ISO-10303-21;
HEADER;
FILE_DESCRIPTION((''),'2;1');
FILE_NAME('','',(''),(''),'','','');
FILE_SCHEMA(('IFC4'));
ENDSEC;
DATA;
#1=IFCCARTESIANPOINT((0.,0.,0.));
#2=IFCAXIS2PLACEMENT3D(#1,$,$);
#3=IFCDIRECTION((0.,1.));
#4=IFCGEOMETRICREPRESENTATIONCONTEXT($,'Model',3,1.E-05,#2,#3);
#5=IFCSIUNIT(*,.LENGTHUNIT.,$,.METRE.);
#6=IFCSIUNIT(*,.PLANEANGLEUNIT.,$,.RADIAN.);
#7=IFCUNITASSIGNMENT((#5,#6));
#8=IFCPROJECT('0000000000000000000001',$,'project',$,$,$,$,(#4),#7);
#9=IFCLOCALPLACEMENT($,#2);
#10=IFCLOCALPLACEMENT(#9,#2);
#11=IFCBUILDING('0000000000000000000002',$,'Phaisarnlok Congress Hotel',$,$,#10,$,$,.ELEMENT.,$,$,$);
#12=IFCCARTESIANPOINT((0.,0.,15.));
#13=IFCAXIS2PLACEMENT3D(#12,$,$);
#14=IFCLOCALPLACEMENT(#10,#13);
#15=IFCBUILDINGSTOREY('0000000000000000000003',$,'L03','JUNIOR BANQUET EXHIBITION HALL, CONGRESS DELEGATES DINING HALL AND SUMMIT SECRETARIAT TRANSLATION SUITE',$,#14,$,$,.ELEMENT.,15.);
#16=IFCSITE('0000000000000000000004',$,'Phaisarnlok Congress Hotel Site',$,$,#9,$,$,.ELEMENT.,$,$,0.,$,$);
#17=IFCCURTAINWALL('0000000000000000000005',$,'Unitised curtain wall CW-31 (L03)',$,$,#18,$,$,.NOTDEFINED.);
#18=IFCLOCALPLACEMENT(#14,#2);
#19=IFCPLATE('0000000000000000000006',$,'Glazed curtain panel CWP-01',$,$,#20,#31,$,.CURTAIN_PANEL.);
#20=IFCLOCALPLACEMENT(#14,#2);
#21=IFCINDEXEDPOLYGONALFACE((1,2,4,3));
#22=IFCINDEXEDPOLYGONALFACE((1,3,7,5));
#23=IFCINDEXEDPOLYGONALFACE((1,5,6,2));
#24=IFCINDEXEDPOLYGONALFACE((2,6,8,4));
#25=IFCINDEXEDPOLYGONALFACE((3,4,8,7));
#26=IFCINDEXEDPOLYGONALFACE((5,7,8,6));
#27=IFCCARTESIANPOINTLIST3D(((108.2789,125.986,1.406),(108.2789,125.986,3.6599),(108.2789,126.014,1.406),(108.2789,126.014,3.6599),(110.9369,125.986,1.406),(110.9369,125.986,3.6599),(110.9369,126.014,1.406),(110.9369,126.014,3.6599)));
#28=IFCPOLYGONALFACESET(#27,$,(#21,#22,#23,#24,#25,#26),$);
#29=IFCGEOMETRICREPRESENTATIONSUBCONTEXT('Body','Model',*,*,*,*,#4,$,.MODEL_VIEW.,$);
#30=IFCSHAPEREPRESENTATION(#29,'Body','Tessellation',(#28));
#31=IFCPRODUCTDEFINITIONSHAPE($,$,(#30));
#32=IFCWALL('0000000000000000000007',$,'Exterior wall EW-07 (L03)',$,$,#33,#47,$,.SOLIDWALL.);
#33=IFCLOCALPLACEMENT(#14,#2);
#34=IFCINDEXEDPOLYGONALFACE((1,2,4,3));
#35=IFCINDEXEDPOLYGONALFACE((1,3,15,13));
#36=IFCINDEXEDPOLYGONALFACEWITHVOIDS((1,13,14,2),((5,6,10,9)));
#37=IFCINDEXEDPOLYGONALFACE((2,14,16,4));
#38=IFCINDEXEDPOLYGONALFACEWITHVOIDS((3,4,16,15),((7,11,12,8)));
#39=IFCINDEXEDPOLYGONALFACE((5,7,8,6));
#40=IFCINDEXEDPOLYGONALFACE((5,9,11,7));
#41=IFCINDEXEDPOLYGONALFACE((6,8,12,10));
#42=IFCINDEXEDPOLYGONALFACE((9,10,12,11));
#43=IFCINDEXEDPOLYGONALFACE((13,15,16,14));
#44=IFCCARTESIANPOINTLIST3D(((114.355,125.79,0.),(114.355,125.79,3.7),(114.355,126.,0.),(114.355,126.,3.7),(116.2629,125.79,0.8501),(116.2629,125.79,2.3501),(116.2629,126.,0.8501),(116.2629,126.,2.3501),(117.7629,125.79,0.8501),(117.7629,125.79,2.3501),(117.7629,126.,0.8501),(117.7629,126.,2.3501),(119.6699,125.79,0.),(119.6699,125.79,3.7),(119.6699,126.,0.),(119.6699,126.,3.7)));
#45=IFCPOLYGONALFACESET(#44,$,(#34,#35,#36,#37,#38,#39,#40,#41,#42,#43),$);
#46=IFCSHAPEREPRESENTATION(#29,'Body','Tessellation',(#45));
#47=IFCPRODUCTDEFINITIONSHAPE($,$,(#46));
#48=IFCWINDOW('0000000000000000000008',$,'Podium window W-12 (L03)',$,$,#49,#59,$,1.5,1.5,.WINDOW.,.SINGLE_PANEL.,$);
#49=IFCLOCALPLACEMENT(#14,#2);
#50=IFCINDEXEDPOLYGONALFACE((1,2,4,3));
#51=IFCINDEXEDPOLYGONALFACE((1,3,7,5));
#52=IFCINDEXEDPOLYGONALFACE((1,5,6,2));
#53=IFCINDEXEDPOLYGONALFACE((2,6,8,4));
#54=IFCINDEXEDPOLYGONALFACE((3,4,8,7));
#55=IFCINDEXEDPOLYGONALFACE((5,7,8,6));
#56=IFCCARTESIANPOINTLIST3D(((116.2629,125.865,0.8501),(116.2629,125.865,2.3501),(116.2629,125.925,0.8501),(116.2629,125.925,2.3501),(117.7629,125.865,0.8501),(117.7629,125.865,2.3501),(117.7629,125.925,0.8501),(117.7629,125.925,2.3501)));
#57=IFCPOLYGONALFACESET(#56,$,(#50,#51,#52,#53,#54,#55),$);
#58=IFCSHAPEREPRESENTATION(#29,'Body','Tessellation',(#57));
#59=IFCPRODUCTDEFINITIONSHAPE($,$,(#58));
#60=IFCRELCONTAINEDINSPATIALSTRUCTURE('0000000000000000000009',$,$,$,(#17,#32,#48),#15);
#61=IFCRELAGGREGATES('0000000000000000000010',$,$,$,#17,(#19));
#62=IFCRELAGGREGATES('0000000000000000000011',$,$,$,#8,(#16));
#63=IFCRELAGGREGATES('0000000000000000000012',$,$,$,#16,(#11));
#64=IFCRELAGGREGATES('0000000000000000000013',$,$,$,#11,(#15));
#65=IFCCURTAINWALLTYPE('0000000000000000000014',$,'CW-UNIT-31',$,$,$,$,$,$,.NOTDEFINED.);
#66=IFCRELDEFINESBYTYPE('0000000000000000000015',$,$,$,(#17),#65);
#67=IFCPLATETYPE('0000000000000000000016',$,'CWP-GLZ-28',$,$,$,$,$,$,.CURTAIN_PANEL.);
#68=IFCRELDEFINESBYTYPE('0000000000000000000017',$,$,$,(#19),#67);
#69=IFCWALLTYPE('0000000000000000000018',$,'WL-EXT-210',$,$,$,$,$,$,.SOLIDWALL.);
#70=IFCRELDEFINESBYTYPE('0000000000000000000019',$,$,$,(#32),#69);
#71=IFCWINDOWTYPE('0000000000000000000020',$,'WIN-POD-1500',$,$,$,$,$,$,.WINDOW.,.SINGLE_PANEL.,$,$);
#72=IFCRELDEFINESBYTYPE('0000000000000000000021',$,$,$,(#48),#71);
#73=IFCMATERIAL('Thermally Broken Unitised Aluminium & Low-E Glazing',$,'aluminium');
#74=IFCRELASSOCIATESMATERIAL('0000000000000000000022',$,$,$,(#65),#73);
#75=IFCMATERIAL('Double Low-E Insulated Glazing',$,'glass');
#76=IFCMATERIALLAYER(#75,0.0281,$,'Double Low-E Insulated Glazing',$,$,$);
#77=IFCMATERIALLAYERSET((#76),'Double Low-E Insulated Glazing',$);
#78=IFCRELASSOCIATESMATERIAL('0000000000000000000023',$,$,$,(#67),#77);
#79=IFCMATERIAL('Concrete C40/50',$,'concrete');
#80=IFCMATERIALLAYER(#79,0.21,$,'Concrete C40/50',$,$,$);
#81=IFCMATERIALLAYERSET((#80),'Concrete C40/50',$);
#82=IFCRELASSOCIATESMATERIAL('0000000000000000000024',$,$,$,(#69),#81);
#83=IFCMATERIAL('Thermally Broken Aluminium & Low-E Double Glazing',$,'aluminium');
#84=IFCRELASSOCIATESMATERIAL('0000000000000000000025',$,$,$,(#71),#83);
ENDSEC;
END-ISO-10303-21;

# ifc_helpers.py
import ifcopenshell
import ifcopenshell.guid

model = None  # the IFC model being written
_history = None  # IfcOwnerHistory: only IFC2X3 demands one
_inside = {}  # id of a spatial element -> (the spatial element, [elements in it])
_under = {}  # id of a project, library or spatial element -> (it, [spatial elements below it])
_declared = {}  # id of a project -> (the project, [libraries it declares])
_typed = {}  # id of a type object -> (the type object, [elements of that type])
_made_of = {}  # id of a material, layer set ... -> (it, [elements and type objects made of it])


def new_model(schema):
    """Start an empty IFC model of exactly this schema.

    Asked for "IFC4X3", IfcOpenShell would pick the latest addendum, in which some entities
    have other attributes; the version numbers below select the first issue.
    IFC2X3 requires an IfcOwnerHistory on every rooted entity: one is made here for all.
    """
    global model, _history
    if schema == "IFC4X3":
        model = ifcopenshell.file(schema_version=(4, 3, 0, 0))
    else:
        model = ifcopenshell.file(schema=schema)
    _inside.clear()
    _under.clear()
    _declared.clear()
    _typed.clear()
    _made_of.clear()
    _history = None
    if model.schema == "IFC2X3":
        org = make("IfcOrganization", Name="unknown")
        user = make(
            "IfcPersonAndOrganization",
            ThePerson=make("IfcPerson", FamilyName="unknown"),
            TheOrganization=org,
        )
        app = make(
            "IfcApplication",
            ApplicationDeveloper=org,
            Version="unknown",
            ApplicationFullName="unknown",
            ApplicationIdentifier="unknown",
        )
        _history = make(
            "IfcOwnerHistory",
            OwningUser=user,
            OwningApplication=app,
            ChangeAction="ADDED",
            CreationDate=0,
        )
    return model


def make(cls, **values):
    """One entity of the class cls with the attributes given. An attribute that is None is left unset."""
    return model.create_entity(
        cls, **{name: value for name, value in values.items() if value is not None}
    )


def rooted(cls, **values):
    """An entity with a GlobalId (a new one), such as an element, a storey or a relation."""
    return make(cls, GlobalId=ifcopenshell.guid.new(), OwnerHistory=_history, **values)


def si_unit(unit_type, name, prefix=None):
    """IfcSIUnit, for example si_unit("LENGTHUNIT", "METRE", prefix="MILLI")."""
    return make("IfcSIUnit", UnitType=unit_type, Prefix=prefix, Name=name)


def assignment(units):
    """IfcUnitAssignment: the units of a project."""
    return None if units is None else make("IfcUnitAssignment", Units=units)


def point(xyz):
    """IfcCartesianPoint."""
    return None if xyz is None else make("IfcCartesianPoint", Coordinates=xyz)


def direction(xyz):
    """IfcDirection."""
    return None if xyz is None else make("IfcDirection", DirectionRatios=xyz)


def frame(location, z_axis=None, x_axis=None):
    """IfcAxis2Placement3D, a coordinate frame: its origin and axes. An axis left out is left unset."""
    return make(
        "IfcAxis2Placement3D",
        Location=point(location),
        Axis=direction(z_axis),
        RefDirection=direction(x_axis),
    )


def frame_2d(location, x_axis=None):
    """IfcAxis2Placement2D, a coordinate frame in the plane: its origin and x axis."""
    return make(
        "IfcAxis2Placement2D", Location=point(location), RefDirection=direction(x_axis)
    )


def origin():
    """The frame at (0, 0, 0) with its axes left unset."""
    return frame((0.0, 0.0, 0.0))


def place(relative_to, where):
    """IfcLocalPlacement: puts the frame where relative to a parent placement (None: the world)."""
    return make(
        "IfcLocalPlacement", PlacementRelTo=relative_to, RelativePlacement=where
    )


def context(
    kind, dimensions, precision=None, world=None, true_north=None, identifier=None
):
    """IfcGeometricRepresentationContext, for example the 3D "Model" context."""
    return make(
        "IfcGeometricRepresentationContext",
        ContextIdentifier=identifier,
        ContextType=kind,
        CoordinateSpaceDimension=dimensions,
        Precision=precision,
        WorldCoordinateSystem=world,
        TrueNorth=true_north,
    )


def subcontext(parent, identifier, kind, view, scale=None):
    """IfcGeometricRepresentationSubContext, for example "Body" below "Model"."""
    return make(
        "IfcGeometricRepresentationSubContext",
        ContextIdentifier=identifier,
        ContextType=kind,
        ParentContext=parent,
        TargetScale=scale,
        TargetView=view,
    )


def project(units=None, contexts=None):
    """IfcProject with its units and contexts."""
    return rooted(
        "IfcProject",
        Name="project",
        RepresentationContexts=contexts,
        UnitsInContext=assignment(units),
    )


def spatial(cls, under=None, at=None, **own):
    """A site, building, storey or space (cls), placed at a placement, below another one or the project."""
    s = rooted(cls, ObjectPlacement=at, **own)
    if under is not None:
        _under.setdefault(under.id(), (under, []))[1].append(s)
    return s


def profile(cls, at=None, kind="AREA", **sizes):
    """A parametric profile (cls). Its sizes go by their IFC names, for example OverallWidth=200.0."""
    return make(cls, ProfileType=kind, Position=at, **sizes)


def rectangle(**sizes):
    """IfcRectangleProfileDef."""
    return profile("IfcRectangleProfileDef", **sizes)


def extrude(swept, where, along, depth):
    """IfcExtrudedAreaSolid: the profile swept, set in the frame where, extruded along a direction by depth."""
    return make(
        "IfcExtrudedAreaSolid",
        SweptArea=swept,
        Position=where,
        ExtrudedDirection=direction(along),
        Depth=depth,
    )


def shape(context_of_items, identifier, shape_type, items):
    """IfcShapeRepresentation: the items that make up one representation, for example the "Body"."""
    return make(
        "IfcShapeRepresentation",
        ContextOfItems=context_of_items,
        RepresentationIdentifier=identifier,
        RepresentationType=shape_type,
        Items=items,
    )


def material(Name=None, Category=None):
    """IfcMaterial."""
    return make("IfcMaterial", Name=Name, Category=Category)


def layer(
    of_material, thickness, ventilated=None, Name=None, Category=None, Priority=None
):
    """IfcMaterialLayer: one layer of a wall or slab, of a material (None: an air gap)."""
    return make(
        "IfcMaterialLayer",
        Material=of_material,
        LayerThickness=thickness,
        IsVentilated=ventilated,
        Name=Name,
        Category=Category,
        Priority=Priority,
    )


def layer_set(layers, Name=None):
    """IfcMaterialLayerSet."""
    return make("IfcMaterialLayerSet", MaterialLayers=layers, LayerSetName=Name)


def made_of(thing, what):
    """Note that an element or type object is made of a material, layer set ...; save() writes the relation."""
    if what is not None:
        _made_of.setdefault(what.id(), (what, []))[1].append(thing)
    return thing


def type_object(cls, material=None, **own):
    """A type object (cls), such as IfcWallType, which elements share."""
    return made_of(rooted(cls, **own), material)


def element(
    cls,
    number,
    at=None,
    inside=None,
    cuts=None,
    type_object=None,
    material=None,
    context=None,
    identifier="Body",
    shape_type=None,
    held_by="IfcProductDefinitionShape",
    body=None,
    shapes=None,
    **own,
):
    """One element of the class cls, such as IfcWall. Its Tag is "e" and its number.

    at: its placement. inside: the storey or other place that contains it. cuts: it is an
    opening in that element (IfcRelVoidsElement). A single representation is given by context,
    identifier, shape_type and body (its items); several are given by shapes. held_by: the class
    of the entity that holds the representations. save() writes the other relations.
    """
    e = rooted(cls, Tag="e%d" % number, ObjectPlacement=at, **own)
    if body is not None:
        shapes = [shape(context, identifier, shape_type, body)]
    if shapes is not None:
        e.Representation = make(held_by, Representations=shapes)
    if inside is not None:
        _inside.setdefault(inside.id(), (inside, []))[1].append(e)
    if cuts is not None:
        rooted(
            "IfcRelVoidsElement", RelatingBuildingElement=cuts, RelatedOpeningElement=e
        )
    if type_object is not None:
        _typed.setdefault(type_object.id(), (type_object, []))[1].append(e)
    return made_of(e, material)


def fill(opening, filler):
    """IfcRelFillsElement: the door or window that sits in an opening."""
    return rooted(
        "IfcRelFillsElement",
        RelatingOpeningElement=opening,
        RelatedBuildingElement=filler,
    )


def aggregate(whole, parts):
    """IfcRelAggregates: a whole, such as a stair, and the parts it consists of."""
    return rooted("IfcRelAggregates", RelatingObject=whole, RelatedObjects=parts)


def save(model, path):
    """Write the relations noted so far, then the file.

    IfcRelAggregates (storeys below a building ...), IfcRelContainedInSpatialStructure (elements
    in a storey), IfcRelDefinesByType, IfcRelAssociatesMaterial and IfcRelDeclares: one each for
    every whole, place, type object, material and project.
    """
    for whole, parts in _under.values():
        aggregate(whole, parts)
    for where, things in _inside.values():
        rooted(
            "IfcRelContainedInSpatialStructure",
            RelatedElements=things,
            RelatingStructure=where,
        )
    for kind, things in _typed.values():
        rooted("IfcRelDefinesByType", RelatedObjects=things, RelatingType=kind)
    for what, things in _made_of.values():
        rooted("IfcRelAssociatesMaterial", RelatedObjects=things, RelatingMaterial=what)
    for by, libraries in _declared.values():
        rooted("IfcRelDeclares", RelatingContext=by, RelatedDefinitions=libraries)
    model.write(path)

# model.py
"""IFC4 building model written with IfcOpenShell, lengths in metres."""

from ifc_helpers import new_model, si_unit, direction, frame, frame_2d, origin, place, context, subcontext, project, spatial, rectangle, extrude, material, layer, layer_set, type_object, element, fill, aggregate, save


model = new_model("IFC4")

# Units and contexts
model_context = context("Model", 3, precision=1e-05, world=origin(), true_north=direction((0.0, 1.0)))
body_context = subcontext(model_context, "Body", "Model", "MODEL_VIEW")
ifc_project = project(units=[si_unit("LENGTHUNIT", "METRE"), si_unit("PLANEANGLEUNIT", "RADIAN")], contexts=[model_context])

# Site, building, storey
site_placement = place(None, origin())
site = spatial("IfcSite", under=ifc_project, at=site_placement, Name="Phaisarnlok Congress Hotel Site", CompositionType="ELEMENT", RefElevation=0.0)
building_placement = place(site_placement, origin())
building = spatial("IfcBuilding", under=site, at=building_placement, Name="Phaisarnlok Congress Hotel", CompositionType="ELEMENT")
storey_placement = place(building_placement, frame((0.0, 0.0, 15.0)))
storey = spatial("IfcBuildingStorey", under=building, at=storey_placement, Name="L03", Description="JUNIOR BANQUET EXHIBITION HALL, CONGRESS DELEGATES DINING HALL AND SUMMIT SECRETARIAT TRANSLATION SUITE", CompositionType="ELEMENT", Elevation=15.0)

# Shared definitions
ifc_material_1 = material(Name="Concrete C40/50", Category="concrete")

# Shared definitions
ifc_material_2 = material(Name="Thermally Broken Unitised Aluminium & Low-E Glazing", Category="aluminium")

# Curtain wall
curtain_wall_type_1 = type_object("IfcCurtainWallType", Name="CW-UNIT-31", PredefinedType="NOTDEFINED", material=ifc_material_2)
curtain_wall_1_placement = place(storey_placement, origin())
curtain_wall_1 = element("IfcCurtainWall", 1, at=curtain_wall_1_placement, inside=storey, type_object=curtain_wall_type_1, Name="Unitised curtain wall CW-31 (L03)", PredefinedType="NOTDEFINED")

# Plate
ifc_material_3 = material(Name="Double Low-E Insulated Glazing", Category="glass")
ifc_layer_1 = layer(ifc_material_3, 0.0281, Name="Double Low-E Insulated Glazing")
ifc_layer_set_1 = layer_set([ifc_layer_1], Name="Double Low-E Insulated Glazing")
plate_type = type_object("IfcPlateType", Name="CWP-GLZ-28", PredefinedType="CURTAIN_PANEL", material=ifc_layer_set_1)
plate_1_placement = place(storey_placement, frame((110.937, 126.0, 1.406), z_axis=(0.0, 0.0, 1.0), x_axis=(-1.0, 0.0, 0.0)))
plate_1 = element("IfcPlate", 2, at=plate_1_placement, type_object=plate_type, Name="Glazed curtain panel CWP-01", PredefinedType="CURTAIN_PANEL", context=body_context, shape_type="SweptSolid", body=[
    extrude(rectangle(XDim=2.658, YDim=0.0281, at=frame_2d((1.3291, 0.0))), origin(), (0.0, 0.0, 1.0), 2.2539),
])
aggregate(curtain_wall_1, [plate_1])

# Wall, opening, window
ifc_layer_2 = layer(ifc_material_1, 0.21, Name="Concrete C40/50")
ifc_layer_set_2 = layer_set([ifc_layer_2], Name="Concrete C40/50")
wall_type = type_object("IfcWallType", Name="WL-EXT-210", PredefinedType="SOLIDWALL", material=ifc_layer_set_2)
wall_placement = place(storey_placement, frame((119.6699, 125.895, 0.0), z_axis=(0.0, 0.0, 1.0), x_axis=(-1.0, 0.0, 0.0)))
wall = element("IfcWall", 3, at=wall_placement, inside=storey, type_object=wall_type, Name="Exterior wall EW-07 (L03)", PredefinedType="SOLIDWALL", context=body_context, shape_type="SweptSolid", body=[
    extrude(rectangle(XDim=5.3149, YDim=0.21, at=frame_2d((2.6575, 0.0))), origin(), (0.0, 0.0, 1.0), 3.7),
])
opening_placement = place(wall_placement, frame((1.907, 0.0, 0.8501)))
opening = element("IfcOpeningElement", 4, at=opening_placement, cuts=wall, PredefinedType="OPENING", context=body_context, shape_type="SweptSolid", body=[
    extrude(rectangle(XDim=1.5, YDim=1.5, at=frame_2d((0.75, 0.75))), frame((0.0, 0.115, 0.0), z_axis=(0.0, -1.0, 0.0), x_axis=(1.0, 0.0, 0.0)), (0.0, 0.0, 1.0), 0.23),
])
ifc_material_4 = material(Name="Thermally Broken Aluminium & Low-E Double Glazing", Category="aluminium")
window_type = type_object("IfcWindowType", Name="WIN-POD-1500", PartitioningType="SINGLE_PANEL", PredefinedType="WINDOW", material=ifc_material_4)
window_placement = place(opening_placement, origin())
window = element("IfcWindow", 5, at=window_placement, inside=storey, type_object=window_type, Name="Podium window W-12 (L03)", OverallHeight=1.5, OverallWidth=1.5, PartitioningType="SINGLE_PANEL", PredefinedType="WINDOW", context=body_context, shape_type="SweptSolid", body=[
    extrude(rectangle(XDim=1.5, YDim=1.5, at=frame_2d((0.75, 0.75))), frame((0.0, 0.03, 0.0), z_axis=(0.0, -1.0, 0.0), x_axis=(1.0, 0.0, 0.0)), (0.0, 0.0, 1.0), 0.0601),
])
fill(opening, window)

save(model, "model.ifc")
